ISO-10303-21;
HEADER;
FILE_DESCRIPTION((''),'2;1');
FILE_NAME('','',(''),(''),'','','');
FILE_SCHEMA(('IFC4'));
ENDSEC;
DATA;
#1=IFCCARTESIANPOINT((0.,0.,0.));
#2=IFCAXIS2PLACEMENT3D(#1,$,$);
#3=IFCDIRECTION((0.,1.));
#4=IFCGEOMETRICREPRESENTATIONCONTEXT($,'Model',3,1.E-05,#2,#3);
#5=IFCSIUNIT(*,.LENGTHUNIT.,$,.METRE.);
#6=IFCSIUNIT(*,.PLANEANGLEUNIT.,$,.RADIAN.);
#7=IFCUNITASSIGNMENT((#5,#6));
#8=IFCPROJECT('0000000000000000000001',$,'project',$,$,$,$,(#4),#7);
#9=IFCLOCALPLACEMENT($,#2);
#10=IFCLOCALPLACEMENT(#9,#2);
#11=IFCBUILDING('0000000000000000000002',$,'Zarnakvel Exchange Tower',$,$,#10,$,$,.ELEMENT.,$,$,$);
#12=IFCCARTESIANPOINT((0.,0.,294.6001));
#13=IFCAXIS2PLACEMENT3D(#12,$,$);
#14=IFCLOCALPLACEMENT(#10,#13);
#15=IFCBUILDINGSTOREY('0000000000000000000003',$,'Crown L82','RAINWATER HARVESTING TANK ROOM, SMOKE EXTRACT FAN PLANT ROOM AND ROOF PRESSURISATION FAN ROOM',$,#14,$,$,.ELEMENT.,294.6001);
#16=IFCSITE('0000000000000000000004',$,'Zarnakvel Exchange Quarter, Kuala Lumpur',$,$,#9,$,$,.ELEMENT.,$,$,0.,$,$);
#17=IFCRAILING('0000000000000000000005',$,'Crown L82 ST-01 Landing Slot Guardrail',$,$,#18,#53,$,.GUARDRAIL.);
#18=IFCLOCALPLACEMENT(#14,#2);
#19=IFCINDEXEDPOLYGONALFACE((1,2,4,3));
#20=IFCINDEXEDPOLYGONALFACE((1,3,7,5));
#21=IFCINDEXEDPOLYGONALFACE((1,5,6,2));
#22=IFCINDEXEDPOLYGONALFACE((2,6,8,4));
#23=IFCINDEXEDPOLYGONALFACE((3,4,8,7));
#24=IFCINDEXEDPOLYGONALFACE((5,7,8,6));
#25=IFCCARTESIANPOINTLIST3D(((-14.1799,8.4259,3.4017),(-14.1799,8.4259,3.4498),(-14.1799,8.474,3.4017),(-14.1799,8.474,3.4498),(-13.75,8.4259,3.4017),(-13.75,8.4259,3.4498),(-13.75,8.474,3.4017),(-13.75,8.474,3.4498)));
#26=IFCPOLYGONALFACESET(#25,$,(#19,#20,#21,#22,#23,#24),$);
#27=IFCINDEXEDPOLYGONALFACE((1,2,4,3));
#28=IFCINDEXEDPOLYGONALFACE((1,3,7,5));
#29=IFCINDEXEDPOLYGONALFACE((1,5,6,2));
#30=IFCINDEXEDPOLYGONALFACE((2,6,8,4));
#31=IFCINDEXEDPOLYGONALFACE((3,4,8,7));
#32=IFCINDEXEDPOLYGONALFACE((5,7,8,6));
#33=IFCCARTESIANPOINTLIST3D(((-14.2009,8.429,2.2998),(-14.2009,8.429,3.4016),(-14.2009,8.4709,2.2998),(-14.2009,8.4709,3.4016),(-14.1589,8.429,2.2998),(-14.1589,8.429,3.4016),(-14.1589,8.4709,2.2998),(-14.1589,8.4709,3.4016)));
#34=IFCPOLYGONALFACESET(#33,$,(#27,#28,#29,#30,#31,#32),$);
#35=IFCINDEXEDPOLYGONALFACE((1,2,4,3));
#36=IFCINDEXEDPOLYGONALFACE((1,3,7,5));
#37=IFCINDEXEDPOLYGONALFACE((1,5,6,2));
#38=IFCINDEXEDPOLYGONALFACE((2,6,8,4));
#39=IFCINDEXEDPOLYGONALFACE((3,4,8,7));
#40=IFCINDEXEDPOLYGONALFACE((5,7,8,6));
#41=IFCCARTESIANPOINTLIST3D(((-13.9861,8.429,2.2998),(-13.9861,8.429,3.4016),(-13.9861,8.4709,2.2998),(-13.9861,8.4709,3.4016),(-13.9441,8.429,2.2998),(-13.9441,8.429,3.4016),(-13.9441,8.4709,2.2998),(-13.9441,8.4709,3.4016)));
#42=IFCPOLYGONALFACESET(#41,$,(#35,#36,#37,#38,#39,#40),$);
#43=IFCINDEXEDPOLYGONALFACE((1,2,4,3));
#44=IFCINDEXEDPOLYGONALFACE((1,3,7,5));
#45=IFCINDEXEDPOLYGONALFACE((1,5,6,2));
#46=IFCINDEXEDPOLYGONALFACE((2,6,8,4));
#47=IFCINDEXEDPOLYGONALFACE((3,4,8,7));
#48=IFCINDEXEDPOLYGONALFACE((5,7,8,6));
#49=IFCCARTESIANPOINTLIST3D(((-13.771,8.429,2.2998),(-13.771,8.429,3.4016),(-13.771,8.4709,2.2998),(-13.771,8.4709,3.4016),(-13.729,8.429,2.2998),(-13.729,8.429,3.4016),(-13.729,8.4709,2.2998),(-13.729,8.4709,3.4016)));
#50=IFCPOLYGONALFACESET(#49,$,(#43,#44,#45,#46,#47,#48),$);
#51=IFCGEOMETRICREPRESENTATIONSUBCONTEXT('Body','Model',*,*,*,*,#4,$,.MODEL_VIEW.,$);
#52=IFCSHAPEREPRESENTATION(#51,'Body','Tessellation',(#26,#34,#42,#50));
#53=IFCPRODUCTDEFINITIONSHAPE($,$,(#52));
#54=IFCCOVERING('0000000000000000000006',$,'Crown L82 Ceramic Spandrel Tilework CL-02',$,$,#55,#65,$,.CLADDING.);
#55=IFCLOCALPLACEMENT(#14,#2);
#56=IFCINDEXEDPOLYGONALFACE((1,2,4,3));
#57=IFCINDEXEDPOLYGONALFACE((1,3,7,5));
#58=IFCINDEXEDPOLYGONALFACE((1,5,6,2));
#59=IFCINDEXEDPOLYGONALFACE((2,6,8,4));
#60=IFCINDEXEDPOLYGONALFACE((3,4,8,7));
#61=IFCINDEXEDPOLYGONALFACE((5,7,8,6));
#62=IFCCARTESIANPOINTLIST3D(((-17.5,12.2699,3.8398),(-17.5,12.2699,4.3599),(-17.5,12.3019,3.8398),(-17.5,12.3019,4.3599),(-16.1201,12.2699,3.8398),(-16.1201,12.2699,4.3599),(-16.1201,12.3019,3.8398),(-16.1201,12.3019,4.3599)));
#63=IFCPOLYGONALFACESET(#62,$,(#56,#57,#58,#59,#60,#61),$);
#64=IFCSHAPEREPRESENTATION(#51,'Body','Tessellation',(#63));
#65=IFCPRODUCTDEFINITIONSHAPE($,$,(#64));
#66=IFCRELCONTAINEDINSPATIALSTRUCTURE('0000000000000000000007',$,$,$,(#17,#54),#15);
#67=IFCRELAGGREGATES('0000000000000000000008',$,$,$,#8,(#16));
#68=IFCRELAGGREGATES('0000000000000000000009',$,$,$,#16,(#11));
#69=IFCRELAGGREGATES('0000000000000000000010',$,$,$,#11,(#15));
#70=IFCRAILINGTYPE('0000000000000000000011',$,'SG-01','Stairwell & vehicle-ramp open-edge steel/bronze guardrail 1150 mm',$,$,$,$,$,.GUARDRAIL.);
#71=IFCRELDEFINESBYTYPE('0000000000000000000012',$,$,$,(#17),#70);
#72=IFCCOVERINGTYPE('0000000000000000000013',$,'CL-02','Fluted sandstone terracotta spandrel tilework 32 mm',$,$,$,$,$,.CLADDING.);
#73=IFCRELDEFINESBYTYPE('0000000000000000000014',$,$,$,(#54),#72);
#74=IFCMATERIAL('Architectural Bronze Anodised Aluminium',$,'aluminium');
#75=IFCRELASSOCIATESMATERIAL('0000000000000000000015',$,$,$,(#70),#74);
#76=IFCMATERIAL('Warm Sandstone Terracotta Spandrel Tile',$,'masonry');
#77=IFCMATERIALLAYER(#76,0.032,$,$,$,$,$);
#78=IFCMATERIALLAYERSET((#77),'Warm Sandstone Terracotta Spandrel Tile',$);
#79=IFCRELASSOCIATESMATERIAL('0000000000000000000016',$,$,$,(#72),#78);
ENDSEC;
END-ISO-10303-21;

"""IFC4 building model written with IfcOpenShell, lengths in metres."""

from ifc_helpers import new_model, si_unit, direction, frame, origin, origin_2d, place, context, subcontext, project, spatial, rectangle, extrude, source, transform, mapped, material, layer, layer_set, type_object, element, save


model = new_model("IFC4")

# Units and contexts
model_context = context("Model", 3, precision=1e-05, world=origin(), true_north=direction((0.0, 1.0)))
body_context = subcontext(model_context, "Body", "Model", "MODEL_VIEW")
ifc_project = project(units=[si_unit("LENGTHUNIT", "METRE"), si_unit("PLANEANGLEUNIT", "RADIAN")], contexts=[model_context])

# Site, building, storey
site_placement = place(None, origin())
site = spatial("IfcSite", under=ifc_project, at=site_placement, Name="Zarnakvel Exchange Quarter, Kuala Lumpur", CompositionType="ELEMENT", RefElevation=0.0)
building_placement = place(site_placement, origin())
building = spatial("IfcBuilding", under=site, at=building_placement, Name="Zarnakvel Exchange Tower", CompositionType="ELEMENT")
storey_placement = place(building_placement, frame((0.0, 0.0, 294.6001)))
storey = spatial("IfcBuildingStorey", under=building, at=storey_placement, Name="Crown L82", Description="RAINWATER HARVESTING TANK ROOM, SMOKE EXTRACT FAN PLANT ROOM AND ROOF PRESSURISATION FAN ROOM", CompositionType="ELEMENT", Elevation=294.6001)

# Shared definitions
ifc_material_1 = material(Name="Architectural Bronze Anodised Aluminium", Category="aluminium")

# Railing
railing_type_1 = type_object("IfcRailingType", Name="SG-01", Description="Stairwell & vehicle-ramp open-edge steel/bronze guardrail 1150 mm", PredefinedType="GUARDRAIL", material=ifc_material_1)
railing_1_placement = place(storey_placement, frame((-14.1799, 8.45, 2.2998)))
element("IfcRailing", 1, at=railing_1_placement, inside=storey, type_object=railing_type_1, Name="Crown L82 ST-01 Landing Slot Guardrail", PredefinedType="GUARDRAIL", context=body_context, shape_type="SweptSolid", body=[
    extrude(rectangle(XDim=0.0481, YDim=0.0481, at=origin_2d()), frame((0.0, 0.0, 1.126), z_axis=(1.0, 0.0, 0.0), x_axis=(0.0, 1.0, 0.0)), (0.0, 0.0, 1.0), 0.4299),
    extrude(rectangle(XDim=0.042, YDim=0.042, at=origin_2d()), origin(), (0.0, 0.0, 1.0), 1.1018),
    extrude(rectangle(XDim=0.042, YDim=0.042, at=origin_2d()), frame((0.2148, 0.0, 0.0)), (0.0, 0.0, 1.0), 1.1018),
    extrude(rectangle(XDim=0.042, YDim=0.042, at=origin_2d()), frame((0.4299, 0.0, 0.0)), (0.0, 0.0, 1.0), 1.1018),
])

# Covering
ifc_material_2 = material(Name="Warm Sandstone Terracotta Spandrel Tile", Category="masonry")
ifc_layer_1 = layer(ifc_material_2, 0.032)
ifc_layer_set_1 = layer_set([ifc_layer_1], Name="Warm Sandstone Terracotta Spandrel Tile")
covering_type = type_object("IfcCoveringType", Name="CL-02", Description="Fluted sandstone terracotta spandrel tilework 32 mm", PredefinedType="CLADDING", material=ifc_layer_set_1)
shared_shape_1 = source(origin(), body_context, "Body", "SweptSolid", [
    extrude(rectangle(XDim=1.3799, YDim=0.032, at=origin_2d()), origin(), (0.0, 0.0, 1.0), 0.52),
])
covering_placement = place(storey_placement, frame((-16.8101, 12.2859, 3.8398), z_axis=(0.0, 0.0, 1.0), x_axis=(-1.0, 0.0, 0.0)))
element("IfcCovering", 2, at=covering_placement, inside=storey, type_object=covering_type, Name="Crown L82 Ceramic Spandrel Tilework CL-02", PredefinedType="CLADDING", context=body_context, shape_type="MappedRepresentation", body=[
    mapped(shared_shape_1, transform((0.0, 0.0, 0.0), x_axis=(1.0, 0.0, 0.0), y_axis=(0.0, 1.0, 0.0), z_axis=(0.0, 0.0, 1.0), scale=1.0)),
])

save(model, "model.ifc")
